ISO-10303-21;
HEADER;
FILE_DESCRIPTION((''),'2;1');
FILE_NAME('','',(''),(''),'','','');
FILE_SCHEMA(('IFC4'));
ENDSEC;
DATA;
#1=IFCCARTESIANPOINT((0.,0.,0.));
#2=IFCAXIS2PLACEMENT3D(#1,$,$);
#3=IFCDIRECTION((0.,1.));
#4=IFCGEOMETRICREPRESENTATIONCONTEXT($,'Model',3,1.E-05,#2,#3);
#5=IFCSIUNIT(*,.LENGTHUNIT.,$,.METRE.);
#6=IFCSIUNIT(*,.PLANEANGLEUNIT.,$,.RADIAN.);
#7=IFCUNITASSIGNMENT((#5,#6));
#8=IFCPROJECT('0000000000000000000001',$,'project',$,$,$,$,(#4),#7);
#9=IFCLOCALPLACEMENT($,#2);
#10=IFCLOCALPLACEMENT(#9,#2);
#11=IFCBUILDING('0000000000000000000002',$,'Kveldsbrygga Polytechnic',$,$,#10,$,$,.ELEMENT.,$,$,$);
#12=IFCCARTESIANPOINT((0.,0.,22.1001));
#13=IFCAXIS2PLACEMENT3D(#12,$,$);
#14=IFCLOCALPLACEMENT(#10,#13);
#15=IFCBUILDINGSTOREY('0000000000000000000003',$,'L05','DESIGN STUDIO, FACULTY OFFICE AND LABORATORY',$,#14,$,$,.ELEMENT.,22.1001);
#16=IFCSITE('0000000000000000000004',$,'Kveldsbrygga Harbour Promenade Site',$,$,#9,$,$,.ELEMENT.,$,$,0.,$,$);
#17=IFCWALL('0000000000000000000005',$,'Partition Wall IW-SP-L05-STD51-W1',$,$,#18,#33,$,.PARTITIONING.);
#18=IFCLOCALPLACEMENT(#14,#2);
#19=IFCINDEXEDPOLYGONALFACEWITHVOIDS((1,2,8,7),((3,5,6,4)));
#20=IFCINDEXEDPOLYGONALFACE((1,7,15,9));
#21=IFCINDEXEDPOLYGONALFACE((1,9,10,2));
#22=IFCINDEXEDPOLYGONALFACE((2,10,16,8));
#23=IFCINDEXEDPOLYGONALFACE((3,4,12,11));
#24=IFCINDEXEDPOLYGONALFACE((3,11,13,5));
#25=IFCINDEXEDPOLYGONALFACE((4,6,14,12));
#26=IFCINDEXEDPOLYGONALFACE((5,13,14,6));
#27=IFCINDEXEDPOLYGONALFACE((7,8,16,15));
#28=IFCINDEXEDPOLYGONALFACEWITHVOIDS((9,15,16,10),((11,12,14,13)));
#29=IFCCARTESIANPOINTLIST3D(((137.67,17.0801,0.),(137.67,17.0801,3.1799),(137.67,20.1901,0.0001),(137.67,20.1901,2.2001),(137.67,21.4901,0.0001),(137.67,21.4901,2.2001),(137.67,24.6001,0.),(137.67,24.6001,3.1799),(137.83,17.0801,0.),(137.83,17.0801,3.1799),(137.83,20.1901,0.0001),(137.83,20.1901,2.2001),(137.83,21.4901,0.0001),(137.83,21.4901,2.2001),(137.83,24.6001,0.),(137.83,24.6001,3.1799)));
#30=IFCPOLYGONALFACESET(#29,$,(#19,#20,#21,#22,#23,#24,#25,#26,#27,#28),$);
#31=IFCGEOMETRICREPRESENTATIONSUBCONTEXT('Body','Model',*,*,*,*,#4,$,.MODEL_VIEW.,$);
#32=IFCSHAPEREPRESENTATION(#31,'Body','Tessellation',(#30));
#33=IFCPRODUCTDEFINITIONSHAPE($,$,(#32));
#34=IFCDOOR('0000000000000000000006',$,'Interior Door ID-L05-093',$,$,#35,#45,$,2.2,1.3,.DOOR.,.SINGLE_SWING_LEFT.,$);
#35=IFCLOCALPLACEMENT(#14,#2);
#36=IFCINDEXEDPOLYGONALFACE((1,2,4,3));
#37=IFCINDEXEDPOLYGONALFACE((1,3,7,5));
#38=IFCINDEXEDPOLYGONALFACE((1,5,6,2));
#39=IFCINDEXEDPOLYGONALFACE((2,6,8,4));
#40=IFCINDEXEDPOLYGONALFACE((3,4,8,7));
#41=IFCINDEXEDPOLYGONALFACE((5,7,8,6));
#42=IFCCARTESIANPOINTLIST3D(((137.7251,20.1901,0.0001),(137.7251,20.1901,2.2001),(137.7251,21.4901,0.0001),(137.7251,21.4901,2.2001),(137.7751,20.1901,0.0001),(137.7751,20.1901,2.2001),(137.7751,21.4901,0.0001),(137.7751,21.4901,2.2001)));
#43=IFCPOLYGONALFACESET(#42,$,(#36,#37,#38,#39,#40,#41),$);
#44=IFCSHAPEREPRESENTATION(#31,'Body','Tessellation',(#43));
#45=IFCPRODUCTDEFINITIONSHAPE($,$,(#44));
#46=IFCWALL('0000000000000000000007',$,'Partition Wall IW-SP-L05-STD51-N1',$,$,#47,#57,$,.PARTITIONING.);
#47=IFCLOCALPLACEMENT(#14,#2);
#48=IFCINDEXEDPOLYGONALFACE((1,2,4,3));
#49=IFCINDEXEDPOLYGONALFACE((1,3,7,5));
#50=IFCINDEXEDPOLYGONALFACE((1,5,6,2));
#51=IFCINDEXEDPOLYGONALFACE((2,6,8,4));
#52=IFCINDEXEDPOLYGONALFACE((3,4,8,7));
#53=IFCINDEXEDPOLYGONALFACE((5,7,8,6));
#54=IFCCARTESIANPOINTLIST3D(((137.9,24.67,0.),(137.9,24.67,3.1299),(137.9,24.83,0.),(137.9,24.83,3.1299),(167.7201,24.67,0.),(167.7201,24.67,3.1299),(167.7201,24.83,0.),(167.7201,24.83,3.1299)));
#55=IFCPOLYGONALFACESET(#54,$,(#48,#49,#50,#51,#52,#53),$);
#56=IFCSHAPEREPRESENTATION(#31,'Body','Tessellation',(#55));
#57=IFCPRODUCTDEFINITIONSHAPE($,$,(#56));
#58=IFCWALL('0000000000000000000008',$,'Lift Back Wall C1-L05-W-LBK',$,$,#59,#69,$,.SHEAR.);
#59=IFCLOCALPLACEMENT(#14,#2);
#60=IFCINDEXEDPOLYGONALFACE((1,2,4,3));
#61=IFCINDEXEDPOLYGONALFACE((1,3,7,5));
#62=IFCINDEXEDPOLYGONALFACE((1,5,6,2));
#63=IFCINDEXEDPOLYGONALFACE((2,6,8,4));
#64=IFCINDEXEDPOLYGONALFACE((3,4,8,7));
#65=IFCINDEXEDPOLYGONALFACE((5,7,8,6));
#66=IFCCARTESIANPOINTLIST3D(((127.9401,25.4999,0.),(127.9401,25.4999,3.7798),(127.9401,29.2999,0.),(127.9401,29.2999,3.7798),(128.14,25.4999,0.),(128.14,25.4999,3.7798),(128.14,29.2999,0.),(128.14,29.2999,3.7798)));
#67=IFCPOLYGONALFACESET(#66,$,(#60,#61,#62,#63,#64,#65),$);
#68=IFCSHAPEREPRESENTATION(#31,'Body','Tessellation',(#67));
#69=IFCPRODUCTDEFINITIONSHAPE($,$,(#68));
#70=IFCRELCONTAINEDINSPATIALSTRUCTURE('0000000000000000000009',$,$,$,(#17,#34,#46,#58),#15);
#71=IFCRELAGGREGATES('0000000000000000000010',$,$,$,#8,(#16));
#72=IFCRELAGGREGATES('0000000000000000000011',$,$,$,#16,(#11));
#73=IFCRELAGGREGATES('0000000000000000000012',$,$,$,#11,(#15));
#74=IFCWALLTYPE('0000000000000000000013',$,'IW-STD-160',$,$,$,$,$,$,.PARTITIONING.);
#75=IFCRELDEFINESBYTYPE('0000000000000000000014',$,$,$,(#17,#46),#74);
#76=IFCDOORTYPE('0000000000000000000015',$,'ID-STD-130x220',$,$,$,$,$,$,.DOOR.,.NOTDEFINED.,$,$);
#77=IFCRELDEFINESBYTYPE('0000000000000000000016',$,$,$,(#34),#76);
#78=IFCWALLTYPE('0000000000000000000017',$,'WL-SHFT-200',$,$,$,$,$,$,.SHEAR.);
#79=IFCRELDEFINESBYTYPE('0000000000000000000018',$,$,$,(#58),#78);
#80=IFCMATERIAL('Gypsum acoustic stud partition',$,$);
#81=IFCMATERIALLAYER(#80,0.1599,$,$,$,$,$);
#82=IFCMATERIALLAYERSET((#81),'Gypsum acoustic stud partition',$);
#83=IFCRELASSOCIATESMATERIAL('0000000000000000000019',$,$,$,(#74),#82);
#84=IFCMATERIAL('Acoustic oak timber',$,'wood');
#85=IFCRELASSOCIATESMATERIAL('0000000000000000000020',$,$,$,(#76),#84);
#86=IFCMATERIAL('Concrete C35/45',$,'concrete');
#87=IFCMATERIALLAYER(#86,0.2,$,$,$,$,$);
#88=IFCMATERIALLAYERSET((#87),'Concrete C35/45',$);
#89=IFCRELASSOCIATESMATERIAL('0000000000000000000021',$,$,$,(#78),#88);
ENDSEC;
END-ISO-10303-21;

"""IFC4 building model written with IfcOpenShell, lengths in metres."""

from ifc_helpers import new_model, si_unit, direction, frame, frame_2d, origin, place, context, subcontext, project, spatial, rectangle, extrude, material, layer, layer_set, type_object, element, fill, save


model = new_model("IFC4")

# Units and contexts
model_context = context("Model", 3, precision=1e-05, world=origin(), true_north=direction((0.0, 1.0)))
body_context = subcontext(model_context, "Body", "Model", "MODEL_VIEW")
ifc_project = project(units=[si_unit("LENGTHUNIT", "METRE"), si_unit("PLANEANGLEUNIT", "RADIAN")], contexts=[model_context])

# Site, building, storey
site_placement = place(None, origin())
site = spatial("IfcSite", under=ifc_project, at=site_placement, Name="Kveldsbrygga Harbour Promenade Site", CompositionType="ELEMENT", RefElevation=0.0)
building_placement = place(site_placement, origin())
building = spatial("IfcBuilding", under=site, at=building_placement, Name="Kveldsbrygga Polytechnic", CompositionType="ELEMENT")
storey_placement = place(building_placement, frame((0.0, 0.0, 22.1001)))
storey = spatial("IfcBuildingStorey", under=building, at=storey_placement, Name="L05", Description="DESIGN STUDIO, FACULTY OFFICE AND LABORATORY", CompositionType="ELEMENT", Elevation=22.1001)

# Shared definitions
ifc_material_1 = material(Name="Concrete C35/45", Category="concrete")

# Wall, opening, door
ifc_material_2 = material(Name="Gypsum acoustic stud partition")
ifc_layer_1 = layer(ifc_material_2, 0.1599)
ifc_layer_set_1 = layer_set([ifc_layer_1], Name="Gypsum acoustic stud partition")
wall_type_1 = type_object("IfcWallType", Name="IW-STD-160", PredefinedType="PARTITIONING", material=ifc_layer_set_1)
wall_1_placement = place(storey_placement, frame((137.75, 17.0801, 0.0), z_axis=(0.0, 0.0, 1.0), x_axis=(0.0, 1.0, 0.0)))
wall_1 = element("IfcWall", 1, at=wall_1_placement, inside=storey, type_object=wall_type_1, Name="Partition Wall IW-SP-L05-STD51-W1", PredefinedType="PARTITIONING", context=body_context, shape_type="SweptSolid", body=[
    extrude(rectangle(XDim=7.52, YDim=0.1599, at=frame_2d((3.76, 0.0))), origin(), (0.0, 0.0, 1.0), 3.1799),
])
opening_1_placement = place(wall_1_placement, frame((3.1101, 0.0, 0.0)))
opening_1 = element("IfcOpeningElement", 2, at=opening_1_placement, cuts=wall_1, PredefinedType="OPENING", context=body_context, shape_type="SweptSolid", body=[
    extrude(rectangle(XDim=1.3, YDim=2.2, at=frame_2d((0.6499, 1.1001))), frame((0.0, 0.0898, 0.0), z_axis=(0.0, -1.0, 0.0), x_axis=(1.0, 0.0, 0.0)), (0.0, 0.0, 1.0), 0.1799),
])
ifc_material_3 = material(Name="Acoustic oak timber", Category="wood")
door_type_1 = type_object("IfcDoorType", Name="ID-STD-130x220", OperationType="NOTDEFINED", PredefinedType="DOOR", material=ifc_material_3)
door_1_placement = place(opening_1_placement, origin())
door_1 = element("IfcDoor", 3, at=door_1_placement, inside=storey, type_object=door_type_1, Name="Interior Door ID-L05-093", OperationType="SINGLE_SWING_LEFT", OverallHeight=2.2, OverallWidth=1.3, PredefinedType="DOOR", context=body_context, shape_type="SweptSolid", body=[
    extrude(rectangle(XDim=1.3, YDim=2.2, at=frame_2d((0.6499, 1.1001))), frame((0.0, 0.0249, 0.0), z_axis=(0.0, -1.0, 0.0), x_axis=(1.0, 0.0, 0.0)), (0.0, 0.0, 1.0), 0.05),
])
fill(opening_1, door_1)

# Wall
wall_2_placement = place(storey_placement, frame((137.8999, 24.75, 0.0), z_axis=(0.0, 0.0, 1.0), x_axis=(1.0, 0.0, 0.0)))
element("IfcWall", 4, at=wall_2_placement, inside=storey, type_object=wall_type_1, Name="Partition Wall IW-SP-L05-STD51-N1", PredefinedType="PARTITIONING", context=body_context, shape_type="SweptSolid", body=[
    extrude(rectangle(XDim=29.8201, YDim=0.1599, at=frame_2d((14.9102, 0.0))), origin(), (0.0, 0.0, 1.0), 3.1299),
])

# Shared definitions
ifc_layer_2 = layer(ifc_material_1, 0.2)
ifc_layer_set_2 = layer_set([ifc_layer_2], Name="Concrete C35/45")
wall_type_2 = type_object("IfcWallType", Name="WL-SHFT-200", PredefinedType="SHEAR", material=ifc_layer_set_2)

# Wall
wall_3_placement = place(storey_placement, frame((128.04, 25.5, 0.0), z_axis=(0.0, 0.0, 1.0), x_axis=(0.0, 1.0, 0.0)))
element("IfcWall", 5, at=wall_3_placement, inside=storey, type_object=wall_type_2, Name="Lift Back Wall C1-L05-W-LBK", PredefinedType="SHEAR", context=body_context, shape_type="SweptSolid", body=[
    extrude(rectangle(XDim=3.8, YDim=0.2, at=frame_2d((1.8999, 0.0))), origin(), (0.0, 0.0, 1.0), 3.7798),
])

save(model, "model.ifc")
